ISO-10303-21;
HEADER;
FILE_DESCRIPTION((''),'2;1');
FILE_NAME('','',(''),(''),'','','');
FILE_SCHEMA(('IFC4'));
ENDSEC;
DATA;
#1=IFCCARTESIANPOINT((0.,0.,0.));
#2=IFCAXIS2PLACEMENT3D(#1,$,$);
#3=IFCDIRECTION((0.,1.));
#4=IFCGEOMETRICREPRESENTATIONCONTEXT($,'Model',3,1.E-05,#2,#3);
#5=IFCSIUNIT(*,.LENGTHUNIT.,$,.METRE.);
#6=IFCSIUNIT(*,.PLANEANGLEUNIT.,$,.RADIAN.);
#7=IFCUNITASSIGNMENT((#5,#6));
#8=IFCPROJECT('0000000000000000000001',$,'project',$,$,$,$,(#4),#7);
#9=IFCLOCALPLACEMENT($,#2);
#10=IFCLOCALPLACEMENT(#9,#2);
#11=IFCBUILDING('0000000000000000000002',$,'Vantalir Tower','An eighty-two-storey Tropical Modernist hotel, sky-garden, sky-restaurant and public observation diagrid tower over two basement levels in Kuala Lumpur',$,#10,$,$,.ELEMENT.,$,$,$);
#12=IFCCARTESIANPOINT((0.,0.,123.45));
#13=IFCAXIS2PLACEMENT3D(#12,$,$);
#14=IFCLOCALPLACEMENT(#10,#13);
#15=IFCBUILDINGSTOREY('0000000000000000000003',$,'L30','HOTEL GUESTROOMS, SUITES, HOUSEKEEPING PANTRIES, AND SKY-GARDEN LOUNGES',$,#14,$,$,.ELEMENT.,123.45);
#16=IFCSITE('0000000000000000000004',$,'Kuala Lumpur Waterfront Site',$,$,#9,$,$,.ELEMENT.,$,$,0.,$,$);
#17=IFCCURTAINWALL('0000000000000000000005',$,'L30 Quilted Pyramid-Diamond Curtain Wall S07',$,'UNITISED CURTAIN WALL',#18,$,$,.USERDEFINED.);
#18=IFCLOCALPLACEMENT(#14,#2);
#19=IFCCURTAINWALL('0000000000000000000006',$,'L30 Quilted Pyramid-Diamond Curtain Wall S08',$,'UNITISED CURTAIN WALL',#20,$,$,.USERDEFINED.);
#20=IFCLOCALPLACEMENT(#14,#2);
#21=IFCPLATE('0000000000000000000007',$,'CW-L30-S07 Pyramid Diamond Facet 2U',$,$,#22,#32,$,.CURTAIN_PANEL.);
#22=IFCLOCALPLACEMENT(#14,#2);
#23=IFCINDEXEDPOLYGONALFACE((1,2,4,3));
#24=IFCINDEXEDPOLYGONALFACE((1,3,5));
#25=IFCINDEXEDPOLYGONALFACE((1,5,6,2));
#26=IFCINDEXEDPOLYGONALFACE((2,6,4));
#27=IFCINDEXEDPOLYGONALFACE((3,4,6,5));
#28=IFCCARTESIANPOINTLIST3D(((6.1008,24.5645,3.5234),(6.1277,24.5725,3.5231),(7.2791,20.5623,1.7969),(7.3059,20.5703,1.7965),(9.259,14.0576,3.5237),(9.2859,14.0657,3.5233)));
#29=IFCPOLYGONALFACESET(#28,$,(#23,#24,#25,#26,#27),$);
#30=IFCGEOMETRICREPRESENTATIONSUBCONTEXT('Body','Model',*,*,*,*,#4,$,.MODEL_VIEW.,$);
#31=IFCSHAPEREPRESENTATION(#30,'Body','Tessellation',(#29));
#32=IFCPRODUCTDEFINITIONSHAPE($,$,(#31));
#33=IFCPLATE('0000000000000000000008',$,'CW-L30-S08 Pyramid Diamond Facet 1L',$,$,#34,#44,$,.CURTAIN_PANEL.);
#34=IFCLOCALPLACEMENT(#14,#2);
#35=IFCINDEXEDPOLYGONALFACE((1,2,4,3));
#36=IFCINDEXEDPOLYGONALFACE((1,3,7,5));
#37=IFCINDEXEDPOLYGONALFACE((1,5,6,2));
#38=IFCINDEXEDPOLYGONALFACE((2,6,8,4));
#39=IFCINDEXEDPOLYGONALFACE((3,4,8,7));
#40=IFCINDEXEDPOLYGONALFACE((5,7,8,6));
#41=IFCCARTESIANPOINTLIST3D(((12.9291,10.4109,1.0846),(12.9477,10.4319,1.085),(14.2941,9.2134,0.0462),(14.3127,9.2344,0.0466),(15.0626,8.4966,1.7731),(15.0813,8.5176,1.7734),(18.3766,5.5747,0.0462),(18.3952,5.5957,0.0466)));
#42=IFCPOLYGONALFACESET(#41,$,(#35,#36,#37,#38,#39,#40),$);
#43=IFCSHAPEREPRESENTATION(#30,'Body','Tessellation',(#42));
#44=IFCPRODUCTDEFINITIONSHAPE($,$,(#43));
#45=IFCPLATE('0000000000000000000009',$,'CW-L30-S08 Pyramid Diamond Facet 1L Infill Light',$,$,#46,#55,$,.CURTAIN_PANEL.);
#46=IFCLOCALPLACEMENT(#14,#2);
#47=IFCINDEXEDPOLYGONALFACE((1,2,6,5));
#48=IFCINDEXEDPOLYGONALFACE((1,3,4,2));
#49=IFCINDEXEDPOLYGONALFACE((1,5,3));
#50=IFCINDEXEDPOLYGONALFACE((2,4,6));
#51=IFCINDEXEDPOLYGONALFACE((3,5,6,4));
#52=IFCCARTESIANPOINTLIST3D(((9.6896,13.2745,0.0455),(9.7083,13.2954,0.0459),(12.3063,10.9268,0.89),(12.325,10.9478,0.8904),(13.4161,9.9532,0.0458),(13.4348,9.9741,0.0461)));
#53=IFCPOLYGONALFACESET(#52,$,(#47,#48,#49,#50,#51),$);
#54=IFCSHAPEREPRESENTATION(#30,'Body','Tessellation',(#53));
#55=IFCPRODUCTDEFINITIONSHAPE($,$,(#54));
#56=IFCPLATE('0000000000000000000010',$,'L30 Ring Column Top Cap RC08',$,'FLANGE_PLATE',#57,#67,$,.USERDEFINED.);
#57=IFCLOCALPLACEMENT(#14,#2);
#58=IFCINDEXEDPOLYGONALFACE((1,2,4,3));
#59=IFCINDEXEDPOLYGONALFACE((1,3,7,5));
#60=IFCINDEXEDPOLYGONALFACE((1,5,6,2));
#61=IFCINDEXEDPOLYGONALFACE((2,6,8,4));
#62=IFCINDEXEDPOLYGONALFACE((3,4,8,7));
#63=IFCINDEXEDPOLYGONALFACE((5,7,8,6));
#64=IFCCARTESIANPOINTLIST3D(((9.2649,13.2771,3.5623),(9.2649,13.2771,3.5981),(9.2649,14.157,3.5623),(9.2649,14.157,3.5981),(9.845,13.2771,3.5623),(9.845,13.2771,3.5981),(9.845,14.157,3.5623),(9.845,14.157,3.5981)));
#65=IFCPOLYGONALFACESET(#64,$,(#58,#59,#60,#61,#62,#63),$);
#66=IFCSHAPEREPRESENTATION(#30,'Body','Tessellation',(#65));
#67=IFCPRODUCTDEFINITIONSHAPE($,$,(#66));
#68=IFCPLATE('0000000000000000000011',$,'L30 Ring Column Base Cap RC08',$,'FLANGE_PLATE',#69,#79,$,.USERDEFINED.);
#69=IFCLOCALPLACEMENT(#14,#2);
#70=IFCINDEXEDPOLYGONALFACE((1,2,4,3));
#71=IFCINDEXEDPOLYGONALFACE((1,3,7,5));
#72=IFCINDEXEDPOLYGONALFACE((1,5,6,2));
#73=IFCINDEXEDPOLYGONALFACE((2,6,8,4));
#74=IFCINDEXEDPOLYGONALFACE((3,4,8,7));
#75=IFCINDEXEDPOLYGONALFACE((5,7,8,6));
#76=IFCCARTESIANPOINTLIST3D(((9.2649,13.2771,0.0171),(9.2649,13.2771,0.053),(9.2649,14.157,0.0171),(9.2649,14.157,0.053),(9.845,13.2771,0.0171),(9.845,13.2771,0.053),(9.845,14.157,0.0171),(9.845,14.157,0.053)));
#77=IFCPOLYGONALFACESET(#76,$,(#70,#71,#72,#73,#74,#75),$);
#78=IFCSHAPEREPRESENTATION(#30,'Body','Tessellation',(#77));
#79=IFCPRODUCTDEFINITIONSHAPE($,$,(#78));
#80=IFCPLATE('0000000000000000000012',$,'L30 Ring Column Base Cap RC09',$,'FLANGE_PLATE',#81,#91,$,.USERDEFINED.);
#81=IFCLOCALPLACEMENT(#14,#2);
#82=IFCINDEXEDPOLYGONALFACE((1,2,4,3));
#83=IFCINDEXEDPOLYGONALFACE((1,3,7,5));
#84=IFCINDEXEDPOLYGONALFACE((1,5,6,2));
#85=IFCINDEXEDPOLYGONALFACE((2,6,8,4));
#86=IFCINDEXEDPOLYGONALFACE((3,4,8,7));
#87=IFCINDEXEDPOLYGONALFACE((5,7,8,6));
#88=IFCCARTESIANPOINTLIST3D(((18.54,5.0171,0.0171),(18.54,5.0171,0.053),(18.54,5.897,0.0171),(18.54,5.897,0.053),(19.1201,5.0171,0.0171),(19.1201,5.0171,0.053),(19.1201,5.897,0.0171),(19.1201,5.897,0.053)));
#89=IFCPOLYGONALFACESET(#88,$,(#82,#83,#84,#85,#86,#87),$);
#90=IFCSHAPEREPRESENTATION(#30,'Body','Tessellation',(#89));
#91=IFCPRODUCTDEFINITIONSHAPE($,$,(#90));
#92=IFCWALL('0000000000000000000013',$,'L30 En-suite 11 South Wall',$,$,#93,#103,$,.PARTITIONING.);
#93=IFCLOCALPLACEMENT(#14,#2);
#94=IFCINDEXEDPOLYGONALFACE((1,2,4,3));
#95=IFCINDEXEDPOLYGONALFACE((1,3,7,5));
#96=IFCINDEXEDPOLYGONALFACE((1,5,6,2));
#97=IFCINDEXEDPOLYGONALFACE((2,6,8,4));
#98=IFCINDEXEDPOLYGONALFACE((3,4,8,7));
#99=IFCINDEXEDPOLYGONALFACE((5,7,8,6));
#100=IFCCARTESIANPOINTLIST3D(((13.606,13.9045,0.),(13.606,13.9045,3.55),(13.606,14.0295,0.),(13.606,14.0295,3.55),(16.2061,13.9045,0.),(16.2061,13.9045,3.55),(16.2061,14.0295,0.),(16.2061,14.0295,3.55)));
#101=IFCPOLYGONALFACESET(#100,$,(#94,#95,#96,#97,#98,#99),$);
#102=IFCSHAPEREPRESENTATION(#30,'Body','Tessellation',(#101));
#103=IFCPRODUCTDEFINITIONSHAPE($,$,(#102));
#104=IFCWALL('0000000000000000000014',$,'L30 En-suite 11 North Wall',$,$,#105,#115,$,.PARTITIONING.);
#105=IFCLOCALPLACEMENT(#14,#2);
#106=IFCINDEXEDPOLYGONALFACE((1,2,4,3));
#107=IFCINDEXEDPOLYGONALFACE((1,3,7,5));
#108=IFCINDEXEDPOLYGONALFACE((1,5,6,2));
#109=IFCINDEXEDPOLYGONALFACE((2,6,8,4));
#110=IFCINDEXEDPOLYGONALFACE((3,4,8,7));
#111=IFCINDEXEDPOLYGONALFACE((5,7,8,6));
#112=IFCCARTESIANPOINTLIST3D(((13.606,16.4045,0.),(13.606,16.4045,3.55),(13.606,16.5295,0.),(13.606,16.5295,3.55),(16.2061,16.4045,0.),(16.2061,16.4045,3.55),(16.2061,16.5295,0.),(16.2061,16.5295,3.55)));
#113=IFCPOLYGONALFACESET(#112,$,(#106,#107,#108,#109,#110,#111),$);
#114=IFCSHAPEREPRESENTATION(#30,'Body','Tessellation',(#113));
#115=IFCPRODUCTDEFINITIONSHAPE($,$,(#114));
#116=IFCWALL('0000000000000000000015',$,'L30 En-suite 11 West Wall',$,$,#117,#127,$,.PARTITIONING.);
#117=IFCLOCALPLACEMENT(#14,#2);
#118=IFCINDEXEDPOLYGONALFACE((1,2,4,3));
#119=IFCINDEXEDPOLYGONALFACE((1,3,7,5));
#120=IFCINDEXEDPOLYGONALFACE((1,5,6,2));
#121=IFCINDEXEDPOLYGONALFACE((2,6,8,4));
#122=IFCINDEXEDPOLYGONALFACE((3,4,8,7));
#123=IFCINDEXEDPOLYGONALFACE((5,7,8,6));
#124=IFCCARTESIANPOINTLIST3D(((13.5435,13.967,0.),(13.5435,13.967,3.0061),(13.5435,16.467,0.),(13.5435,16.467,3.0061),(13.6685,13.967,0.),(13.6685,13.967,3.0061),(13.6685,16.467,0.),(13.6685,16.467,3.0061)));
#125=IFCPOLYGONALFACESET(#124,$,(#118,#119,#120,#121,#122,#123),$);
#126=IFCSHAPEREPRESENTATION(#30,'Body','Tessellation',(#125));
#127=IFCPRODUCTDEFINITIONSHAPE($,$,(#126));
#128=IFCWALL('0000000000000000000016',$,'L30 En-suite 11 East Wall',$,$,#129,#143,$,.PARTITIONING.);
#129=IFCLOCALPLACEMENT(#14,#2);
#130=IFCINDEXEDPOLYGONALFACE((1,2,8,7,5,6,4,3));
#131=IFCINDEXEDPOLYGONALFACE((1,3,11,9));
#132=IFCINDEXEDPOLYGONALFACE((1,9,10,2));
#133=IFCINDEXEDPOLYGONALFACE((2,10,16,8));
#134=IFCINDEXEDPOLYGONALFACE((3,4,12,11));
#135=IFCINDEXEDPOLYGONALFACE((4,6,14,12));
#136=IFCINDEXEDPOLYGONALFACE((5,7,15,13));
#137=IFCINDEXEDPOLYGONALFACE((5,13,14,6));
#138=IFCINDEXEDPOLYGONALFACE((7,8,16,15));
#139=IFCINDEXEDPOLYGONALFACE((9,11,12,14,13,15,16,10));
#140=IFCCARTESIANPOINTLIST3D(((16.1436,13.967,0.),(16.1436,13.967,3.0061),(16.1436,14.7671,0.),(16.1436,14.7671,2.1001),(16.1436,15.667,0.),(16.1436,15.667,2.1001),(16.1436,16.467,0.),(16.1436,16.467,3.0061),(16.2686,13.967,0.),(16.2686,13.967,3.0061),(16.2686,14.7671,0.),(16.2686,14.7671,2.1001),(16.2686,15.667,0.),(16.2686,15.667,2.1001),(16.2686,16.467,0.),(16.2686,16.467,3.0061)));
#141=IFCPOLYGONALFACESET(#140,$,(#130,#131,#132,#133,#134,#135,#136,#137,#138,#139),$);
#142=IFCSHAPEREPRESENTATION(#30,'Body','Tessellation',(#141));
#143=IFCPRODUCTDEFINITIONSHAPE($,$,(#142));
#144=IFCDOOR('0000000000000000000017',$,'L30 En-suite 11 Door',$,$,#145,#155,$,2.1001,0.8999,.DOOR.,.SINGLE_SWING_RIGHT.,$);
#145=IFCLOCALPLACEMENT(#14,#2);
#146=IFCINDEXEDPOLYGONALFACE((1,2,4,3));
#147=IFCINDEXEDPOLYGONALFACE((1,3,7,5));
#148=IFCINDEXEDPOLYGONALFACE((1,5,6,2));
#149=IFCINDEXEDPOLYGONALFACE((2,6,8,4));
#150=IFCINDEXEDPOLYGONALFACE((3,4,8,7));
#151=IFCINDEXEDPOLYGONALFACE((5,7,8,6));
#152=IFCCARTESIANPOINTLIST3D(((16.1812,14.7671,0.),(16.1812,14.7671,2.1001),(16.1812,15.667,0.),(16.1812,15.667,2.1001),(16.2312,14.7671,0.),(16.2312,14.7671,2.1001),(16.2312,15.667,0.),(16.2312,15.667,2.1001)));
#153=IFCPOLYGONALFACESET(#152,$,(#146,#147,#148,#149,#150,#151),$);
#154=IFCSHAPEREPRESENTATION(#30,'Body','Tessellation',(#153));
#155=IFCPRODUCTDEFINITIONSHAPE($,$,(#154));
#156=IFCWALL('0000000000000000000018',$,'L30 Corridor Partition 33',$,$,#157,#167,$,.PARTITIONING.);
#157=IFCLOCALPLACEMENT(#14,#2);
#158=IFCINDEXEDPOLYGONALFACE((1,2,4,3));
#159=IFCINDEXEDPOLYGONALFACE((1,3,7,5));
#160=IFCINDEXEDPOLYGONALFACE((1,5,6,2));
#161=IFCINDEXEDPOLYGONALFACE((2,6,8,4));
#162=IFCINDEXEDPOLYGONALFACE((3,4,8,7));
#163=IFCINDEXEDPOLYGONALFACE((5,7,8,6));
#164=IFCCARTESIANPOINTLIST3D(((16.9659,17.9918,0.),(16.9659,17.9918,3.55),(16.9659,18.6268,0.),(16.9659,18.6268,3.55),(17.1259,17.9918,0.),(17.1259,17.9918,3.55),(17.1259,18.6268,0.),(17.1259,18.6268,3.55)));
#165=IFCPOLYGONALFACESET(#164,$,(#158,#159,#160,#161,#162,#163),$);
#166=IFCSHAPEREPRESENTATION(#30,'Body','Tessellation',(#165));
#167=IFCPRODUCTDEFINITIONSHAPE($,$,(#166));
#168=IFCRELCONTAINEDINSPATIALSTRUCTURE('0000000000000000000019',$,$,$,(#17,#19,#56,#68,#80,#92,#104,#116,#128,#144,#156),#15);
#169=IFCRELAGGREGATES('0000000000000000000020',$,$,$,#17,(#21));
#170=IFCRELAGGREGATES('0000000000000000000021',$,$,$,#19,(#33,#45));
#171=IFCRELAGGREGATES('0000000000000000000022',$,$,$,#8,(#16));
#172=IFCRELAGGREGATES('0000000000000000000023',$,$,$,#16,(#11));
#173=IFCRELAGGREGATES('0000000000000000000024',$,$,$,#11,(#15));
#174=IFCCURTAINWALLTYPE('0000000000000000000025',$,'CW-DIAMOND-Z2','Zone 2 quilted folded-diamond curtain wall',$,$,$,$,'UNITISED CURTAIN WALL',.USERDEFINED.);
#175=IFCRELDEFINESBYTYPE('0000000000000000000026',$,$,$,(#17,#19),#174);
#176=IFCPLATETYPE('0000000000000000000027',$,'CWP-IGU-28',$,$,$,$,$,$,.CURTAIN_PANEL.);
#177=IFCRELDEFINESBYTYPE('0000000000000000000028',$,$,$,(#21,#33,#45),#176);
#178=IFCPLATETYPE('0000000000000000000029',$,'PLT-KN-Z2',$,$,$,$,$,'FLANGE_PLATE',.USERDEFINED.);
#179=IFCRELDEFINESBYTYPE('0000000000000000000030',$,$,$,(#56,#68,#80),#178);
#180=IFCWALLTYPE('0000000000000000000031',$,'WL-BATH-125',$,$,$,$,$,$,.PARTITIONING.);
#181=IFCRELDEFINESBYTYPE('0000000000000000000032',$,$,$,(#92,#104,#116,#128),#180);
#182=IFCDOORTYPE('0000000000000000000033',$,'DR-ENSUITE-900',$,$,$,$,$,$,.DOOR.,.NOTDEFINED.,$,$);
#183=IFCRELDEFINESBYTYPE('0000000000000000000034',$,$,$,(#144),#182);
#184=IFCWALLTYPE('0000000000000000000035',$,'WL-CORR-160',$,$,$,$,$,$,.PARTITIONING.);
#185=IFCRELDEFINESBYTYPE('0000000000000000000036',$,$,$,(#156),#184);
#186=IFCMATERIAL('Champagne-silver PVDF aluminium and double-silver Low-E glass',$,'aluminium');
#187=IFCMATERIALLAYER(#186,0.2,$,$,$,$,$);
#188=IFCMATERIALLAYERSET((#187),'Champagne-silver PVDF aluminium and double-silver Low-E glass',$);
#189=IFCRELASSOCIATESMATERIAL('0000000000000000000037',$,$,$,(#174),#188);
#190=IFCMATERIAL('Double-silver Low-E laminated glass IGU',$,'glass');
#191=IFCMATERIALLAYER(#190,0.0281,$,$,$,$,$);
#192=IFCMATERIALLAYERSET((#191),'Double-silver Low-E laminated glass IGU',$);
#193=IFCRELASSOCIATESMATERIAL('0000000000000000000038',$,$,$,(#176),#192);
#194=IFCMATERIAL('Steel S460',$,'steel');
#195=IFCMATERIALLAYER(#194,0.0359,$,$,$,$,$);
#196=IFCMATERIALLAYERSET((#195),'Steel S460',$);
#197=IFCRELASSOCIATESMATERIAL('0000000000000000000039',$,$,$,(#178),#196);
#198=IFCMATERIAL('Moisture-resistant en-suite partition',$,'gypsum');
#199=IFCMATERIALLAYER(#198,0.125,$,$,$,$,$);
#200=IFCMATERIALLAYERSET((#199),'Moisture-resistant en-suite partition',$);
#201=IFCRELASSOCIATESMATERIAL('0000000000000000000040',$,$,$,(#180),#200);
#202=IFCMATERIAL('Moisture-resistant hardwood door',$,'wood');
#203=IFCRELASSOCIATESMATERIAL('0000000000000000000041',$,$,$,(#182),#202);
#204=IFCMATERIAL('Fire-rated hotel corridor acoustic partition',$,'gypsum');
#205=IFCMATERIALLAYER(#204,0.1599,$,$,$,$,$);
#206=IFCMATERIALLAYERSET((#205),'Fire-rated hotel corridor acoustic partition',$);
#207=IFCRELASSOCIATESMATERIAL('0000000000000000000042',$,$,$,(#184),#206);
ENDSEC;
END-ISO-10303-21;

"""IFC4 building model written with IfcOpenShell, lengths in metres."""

from ifc_helpers import new_model, si_unit, direction, frame, frame_2d, origin, place, context, subcontext, project, spatial, polyline, rectangle, outline, extrude, material, layer, layer_set, type_object, element, fill, aggregate, save


model = new_model("IFC4")

# Units and contexts
model_context = context("Model", 3, precision=1e-05, world=origin(), true_north=direction((0.0, 1.0)))
body_context = subcontext(model_context, "Body", "Model", "MODEL_VIEW")
ifc_project = project(units=[si_unit("LENGTHUNIT", "METRE"), si_unit("PLANEANGLEUNIT", "RADIAN")], contexts=[model_context])

# Site, building, storey
site_placement = place(None, origin())
site = spatial("IfcSite", under=ifc_project, at=site_placement, Name="Kuala Lumpur Waterfront Site", CompositionType="ELEMENT", RefElevation=0.0)
building_placement = place(site_placement, origin())
building = spatial("IfcBuilding", under=site, at=building_placement, Name="Vantalir Tower", Description="An eighty-two-storey Tropical Modernist hotel, sky-garden, sky-restaurant and public observation diagrid tower over two basement levels in Kuala Lumpur", CompositionType="ELEMENT")
storey_placement = place(building_placement, frame((0.0, 0.0, 123.45)))
storey = spatial("IfcBuildingStorey", under=building, at=storey_placement, Name="L30", Description="HOTEL GUESTROOMS, SUITES, HOUSEKEEPING PANTRIES, AND SKY-GARDEN LOUNGES", CompositionType="ELEMENT", Elevation=123.45)

# Shared definitions
ifc_material_1 = material(Name="Steel S460", Category="steel")

# Curtain wall
ifc_material_2 = material(Name="Champagne-silver PVDF aluminium and double-silver Low-E glass", Category="aluminium")
ifc_layer_1 = layer(ifc_material_2, 0.2)
ifc_layer_set_1 = layer_set([ifc_layer_1], Name="Champagne-silver PVDF aluminium and double-silver Low-E glass")
curtain_wall_type = type_object("IfcCurtainWallType", Name="CW-DIAMOND-Z2", Description="Zone 2 quilted folded-diamond curtain wall", ElementType="UNITISED CURTAIN WALL", PredefinedType="USERDEFINED", material=ifc_layer_set_1)
curtain_wall_1_placement = place(storey_placement, origin())
curtain_wall_1 = element("IfcCurtainWall", 1, at=curtain_wall_1_placement, inside=storey, type_object=curtain_wall_type, Name="L30 Quilted Pyramid-Diamond Curtain Wall S07", ObjectType="UNITISED CURTAIN WALL", PredefinedType="USERDEFINED")

# Curtain wall
curtain_wall_2_placement = place(storey_placement, origin())
curtain_wall_2 = element("IfcCurtainWall", 2, at=curtain_wall_2_placement, inside=storey, type_object=curtain_wall_type, Name="L30 Quilted Pyramid-Diamond Curtain Wall S08", ObjectType="UNITISED CURTAIN WALL", PredefinedType="USERDEFINED")

# Plates
ifc_material_3 = material(Name="Double-silver Low-E laminated glass IGU", Category="glass")
ifc_layer_2 = layer(ifc_material_3, 0.0281)
ifc_layer_set_2 = layer_set([ifc_layer_2], Name="Double-silver Low-E laminated glass IGU")
plate_type_1 = type_object("IfcPlateType", Name="CWP-IGU-28", PredefinedType="CURTAIN_PANEL", material=ifc_layer_set_2)
plate_1_placement = place(storey_placement, frame((9.259, 14.0576, 3.5237), z_axis=(-0.957581, -0.287835, 0.013743), x_axis=(-0.287862, 0.957672, -0.000022)))
plate_1 = element("IfcPlate", 3, at=plate_1_placement, type_object=plate_type_1, Name="CW-L30-S07 Pyramid Diamond Facet 2U", PredefinedType="CURTAIN_PANEL", context=body_context, shape_type="SweptSolid", body=[
    extrude(outline(polyline([(0.0, 0.0), (10.9712, 0.0), (6.7993, 1.7268), (0.0, 0.0)])), origin(), (0.0, 0.0, -1.0), 0.0281),
])
aggregate(curtain_wall_1, [plate_1])
plate_2_placement = place(storey_placement, frame((14.3127, 9.2344, 0.0466), z_axis=(0.665301, 0.746449, 0.013743), x_axis=(0.746519, -0.665364, 0.0)))
plate_2 = element("IfcPlate", 4, at=plate_2_placement, type_object=plate_type_1, Name="CW-L30-S08 Pyramid Diamond Facet 1L", PredefinedType="CURTAIN_PANEL", context=body_context, shape_type="SweptSolid", body=[
    extrude(outline(polyline([(0.0, 0.0), (5.4687, 0.0), (1.0507, -1.727), (-1.8158, -1.0384), (0.0, 0.0)])), origin(), (0.0, 0.0, -1.0), 0.0281),
])
plate_3_placement = place(storey_placement, frame((9.7083, 13.2954, 0.0459), z_axis=(0.665284, 0.746464, 0.01373), x_axis=(0.746534, -0.665347, 0.000049)))
plate_3 = element("IfcPlate", 5, at=plate_3_placement, type_object=plate_type_1, Name="CW-L30-S08 Pyramid Diamond Facet 1L Infill Light", PredefinedType="CURTAIN_PANEL", context=body_context, shape_type="SweptSolid", body=[
    extrude(outline(polyline([(0.0, 0.0), (4.9918, 0.0), (3.5155, -0.8444), (0.0, 0.0)])), origin(), (0.0, 0.0, -1.0), 0.0281),
])
aggregate(curtain_wall_2, [plate_2, plate_3])

# Plates
ifc_layer_3 = layer(ifc_material_1, 0.0359)
ifc_layer_set_3 = layer_set([ifc_layer_3], Name="Steel S460")
plate_type_2 = type_object("IfcPlateType", Name="PLT-KN-Z2", ElementType="FLANGE_PLATE", PredefinedType="USERDEFINED", material=ifc_layer_set_3)
for number, where, z_axis, x_axis, name in (
    (6, (9.2649, 14.157, 3.5981), (0.0, 0.0, 1.0), (0.0, -1.0, 0.0), "L30 Ring Column Top Cap RC08"),
    (7, (9.2649, 14.157, 0.053), (0.0, 0.0, 1.0), (0.0, -1.0, 0.0), "L30 Ring Column Base Cap RC08"),
    (8, (18.54, 5.897, 0.053), (0.0, 0.0, 1.0), (0.0, -1.0, 0.0), "L30 Ring Column Base Cap RC09"),
):
    element("IfcPlate", number, at=place(storey_placement, frame(where, z_axis=z_axis, x_axis=x_axis)), inside=storey, type_object=plate_type_2, Name=name, ObjectType="FLANGE_PLATE", PredefinedType="USERDEFINED", context=body_context, shape_type="SweptSolid", body=[
        extrude(outline(polyline([(0.0, 0.0), (0.8799, 0.0), (0.8799, 0.5801), (0.0, 0.5801), (0.0, 0.0)])), origin(), (0.0, 0.0, -1.0), 0.0359),
    ])

# Walls
ifc_material_4 = material(Name="Moisture-resistant en-suite partition", Category="gypsum")
ifc_layer_4 = layer(ifc_material_4, 0.125)
ifc_layer_set_4 = layer_set([ifc_layer_4], Name="Moisture-resistant en-suite partition")
wall_type_1 = type_object("IfcWallType", Name="WL-BATH-125", PredefinedType="PARTITIONING", material=ifc_layer_set_4)
for number, where, z_axis, x_axis, name in (
    (9, (13.606, 13.967, 0.0), (0.0, 0.0, 1.0), (1.0, 0.0, 0.0), "L30 En-suite 11 South Wall"),
    (10, (13.606, 16.467, 0.0), (0.0, 0.0, 1.0), (1.0, 0.0, 0.0), "L30 En-suite 11 North Wall"),
):
    element("IfcWall", number, at=place(storey_placement, frame(where, z_axis=z_axis, x_axis=x_axis)), inside=storey, type_object=wall_type_1, Name=name, PredefinedType="PARTITIONING", context=body_context, shape_type="SweptSolid", body=[
        extrude(rectangle(XDim=2.6001, YDim=0.125, at=frame_2d((1.3, 0.0))), origin(), (0.0, 0.0, 1.0), 3.55),
    ])
wall_1_placement = place(storey_placement, frame((13.606, 13.967, 0.0), z_axis=(0.0, 0.0, 1.0), x_axis=(0.0, 1.0, 0.0)))
element("IfcWall", 11, at=wall_1_placement, inside=storey, type_object=wall_type_1, Name="L30 En-suite 11 West Wall", PredefinedType="PARTITIONING", context=body_context, shape_type="SweptSolid", body=[
    extrude(rectangle(XDim=2.5, YDim=0.125, at=frame_2d((1.25, 0.0))), origin(), (0.0, 0.0, 1.0), 3.0061),
])

# Wall, opening, door
wall_2_placement = place(storey_placement, frame((16.2061, 13.967, 0.0), z_axis=(0.0, 0.0, 1.0), x_axis=(0.0, 1.0, 0.0)))
wall_2 = element("IfcWall", 12, at=wall_2_placement, inside=storey, type_object=wall_type_1, Name="L30 En-suite 11 East Wall", PredefinedType="PARTITIONING", context=body_context, shape_type="SweptSolid", body=[
    extrude(rectangle(XDim=2.5, YDim=0.125, at=frame_2d((1.25, 0.0))), origin(), (0.0, 0.0, 1.0), 3.0061),
])
opening_1_placement = place(wall_2_placement, frame((0.8, 0.0, 0.0)))
opening_1 = element("IfcOpeningElement", 13, at=opening_1_placement, cuts=wall_2, PredefinedType="OPENING", context=body_context, shape_type="SweptSolid", body=[
    extrude(rectangle(XDim=0.8999, YDim=2.1001, at=frame_2d((0.45, 1.05))), frame((0.0, 0.0725, 0.0), z_axis=(0.0, -1.0, 0.0), x_axis=(1.0, 0.0, 0.0)), (0.0, 0.0, 1.0), 0.145),
])
ifc_material_5 = material(Name="Moisture-resistant hardwood door", Category="wood")
door_type_1 = type_object("IfcDoorType", Name="DR-ENSUITE-900", OperationType="NOTDEFINED", PredefinedType="DOOR", material=ifc_material_5)
door_1_placement = place(opening_1_placement, origin())
door_1 = element("IfcDoor", 14, at=door_1_placement, inside=storey, type_object=door_type_1, Name="L30 En-suite 11 Door", OperationType="SINGLE_SWING_RIGHT", OverallHeight=2.1001, OverallWidth=0.8999, PredefinedType="DOOR", context=body_context, shape_type="SweptSolid", body=[
    extrude(rectangle(XDim=0.8999, YDim=2.1001, at=frame_2d((0.45, 1.05))), frame((0.0, 0.0249, 0.0), z_axis=(0.0, -1.0, 0.0), x_axis=(1.0, 0.0, 0.0)), (0.0, 0.0, 1.0), 0.05),
])
fill(opening_1, door_1)

# Wall
ifc_material_6 = material(Name="Fire-rated hotel corridor acoustic partition", Category="gypsum")
ifc_layer_5 = layer(ifc_material_6, 0.1599)
ifc_layer_set_5 = layer_set([ifc_layer_5], Name="Fire-rated hotel corridor acoustic partition")
wall_type_2 = type_object("IfcWallType", Name="WL-CORR-160", PredefinedType="PARTITIONING", material=ifc_layer_set_5)
wall_3_placement = place(storey_placement, frame((17.0459, 17.9919, 0.0), z_axis=(0.0, 0.0, 1.0), x_axis=(0.0, 1.0, 0.0)))
element("IfcWall", 15, at=wall_3_placement, inside=storey, type_object=wall_type_2, Name="L30 Corridor Partition 33", PredefinedType="PARTITIONING", context=body_context, shape_type="SweptSolid", body=[
    extrude(rectangle(XDim=0.635, YDim=0.1599, at=frame_2d((0.3174, 0.0))), origin(), (0.0, 0.0, 1.0), 3.55),
])

save(model, "model.ifc")
